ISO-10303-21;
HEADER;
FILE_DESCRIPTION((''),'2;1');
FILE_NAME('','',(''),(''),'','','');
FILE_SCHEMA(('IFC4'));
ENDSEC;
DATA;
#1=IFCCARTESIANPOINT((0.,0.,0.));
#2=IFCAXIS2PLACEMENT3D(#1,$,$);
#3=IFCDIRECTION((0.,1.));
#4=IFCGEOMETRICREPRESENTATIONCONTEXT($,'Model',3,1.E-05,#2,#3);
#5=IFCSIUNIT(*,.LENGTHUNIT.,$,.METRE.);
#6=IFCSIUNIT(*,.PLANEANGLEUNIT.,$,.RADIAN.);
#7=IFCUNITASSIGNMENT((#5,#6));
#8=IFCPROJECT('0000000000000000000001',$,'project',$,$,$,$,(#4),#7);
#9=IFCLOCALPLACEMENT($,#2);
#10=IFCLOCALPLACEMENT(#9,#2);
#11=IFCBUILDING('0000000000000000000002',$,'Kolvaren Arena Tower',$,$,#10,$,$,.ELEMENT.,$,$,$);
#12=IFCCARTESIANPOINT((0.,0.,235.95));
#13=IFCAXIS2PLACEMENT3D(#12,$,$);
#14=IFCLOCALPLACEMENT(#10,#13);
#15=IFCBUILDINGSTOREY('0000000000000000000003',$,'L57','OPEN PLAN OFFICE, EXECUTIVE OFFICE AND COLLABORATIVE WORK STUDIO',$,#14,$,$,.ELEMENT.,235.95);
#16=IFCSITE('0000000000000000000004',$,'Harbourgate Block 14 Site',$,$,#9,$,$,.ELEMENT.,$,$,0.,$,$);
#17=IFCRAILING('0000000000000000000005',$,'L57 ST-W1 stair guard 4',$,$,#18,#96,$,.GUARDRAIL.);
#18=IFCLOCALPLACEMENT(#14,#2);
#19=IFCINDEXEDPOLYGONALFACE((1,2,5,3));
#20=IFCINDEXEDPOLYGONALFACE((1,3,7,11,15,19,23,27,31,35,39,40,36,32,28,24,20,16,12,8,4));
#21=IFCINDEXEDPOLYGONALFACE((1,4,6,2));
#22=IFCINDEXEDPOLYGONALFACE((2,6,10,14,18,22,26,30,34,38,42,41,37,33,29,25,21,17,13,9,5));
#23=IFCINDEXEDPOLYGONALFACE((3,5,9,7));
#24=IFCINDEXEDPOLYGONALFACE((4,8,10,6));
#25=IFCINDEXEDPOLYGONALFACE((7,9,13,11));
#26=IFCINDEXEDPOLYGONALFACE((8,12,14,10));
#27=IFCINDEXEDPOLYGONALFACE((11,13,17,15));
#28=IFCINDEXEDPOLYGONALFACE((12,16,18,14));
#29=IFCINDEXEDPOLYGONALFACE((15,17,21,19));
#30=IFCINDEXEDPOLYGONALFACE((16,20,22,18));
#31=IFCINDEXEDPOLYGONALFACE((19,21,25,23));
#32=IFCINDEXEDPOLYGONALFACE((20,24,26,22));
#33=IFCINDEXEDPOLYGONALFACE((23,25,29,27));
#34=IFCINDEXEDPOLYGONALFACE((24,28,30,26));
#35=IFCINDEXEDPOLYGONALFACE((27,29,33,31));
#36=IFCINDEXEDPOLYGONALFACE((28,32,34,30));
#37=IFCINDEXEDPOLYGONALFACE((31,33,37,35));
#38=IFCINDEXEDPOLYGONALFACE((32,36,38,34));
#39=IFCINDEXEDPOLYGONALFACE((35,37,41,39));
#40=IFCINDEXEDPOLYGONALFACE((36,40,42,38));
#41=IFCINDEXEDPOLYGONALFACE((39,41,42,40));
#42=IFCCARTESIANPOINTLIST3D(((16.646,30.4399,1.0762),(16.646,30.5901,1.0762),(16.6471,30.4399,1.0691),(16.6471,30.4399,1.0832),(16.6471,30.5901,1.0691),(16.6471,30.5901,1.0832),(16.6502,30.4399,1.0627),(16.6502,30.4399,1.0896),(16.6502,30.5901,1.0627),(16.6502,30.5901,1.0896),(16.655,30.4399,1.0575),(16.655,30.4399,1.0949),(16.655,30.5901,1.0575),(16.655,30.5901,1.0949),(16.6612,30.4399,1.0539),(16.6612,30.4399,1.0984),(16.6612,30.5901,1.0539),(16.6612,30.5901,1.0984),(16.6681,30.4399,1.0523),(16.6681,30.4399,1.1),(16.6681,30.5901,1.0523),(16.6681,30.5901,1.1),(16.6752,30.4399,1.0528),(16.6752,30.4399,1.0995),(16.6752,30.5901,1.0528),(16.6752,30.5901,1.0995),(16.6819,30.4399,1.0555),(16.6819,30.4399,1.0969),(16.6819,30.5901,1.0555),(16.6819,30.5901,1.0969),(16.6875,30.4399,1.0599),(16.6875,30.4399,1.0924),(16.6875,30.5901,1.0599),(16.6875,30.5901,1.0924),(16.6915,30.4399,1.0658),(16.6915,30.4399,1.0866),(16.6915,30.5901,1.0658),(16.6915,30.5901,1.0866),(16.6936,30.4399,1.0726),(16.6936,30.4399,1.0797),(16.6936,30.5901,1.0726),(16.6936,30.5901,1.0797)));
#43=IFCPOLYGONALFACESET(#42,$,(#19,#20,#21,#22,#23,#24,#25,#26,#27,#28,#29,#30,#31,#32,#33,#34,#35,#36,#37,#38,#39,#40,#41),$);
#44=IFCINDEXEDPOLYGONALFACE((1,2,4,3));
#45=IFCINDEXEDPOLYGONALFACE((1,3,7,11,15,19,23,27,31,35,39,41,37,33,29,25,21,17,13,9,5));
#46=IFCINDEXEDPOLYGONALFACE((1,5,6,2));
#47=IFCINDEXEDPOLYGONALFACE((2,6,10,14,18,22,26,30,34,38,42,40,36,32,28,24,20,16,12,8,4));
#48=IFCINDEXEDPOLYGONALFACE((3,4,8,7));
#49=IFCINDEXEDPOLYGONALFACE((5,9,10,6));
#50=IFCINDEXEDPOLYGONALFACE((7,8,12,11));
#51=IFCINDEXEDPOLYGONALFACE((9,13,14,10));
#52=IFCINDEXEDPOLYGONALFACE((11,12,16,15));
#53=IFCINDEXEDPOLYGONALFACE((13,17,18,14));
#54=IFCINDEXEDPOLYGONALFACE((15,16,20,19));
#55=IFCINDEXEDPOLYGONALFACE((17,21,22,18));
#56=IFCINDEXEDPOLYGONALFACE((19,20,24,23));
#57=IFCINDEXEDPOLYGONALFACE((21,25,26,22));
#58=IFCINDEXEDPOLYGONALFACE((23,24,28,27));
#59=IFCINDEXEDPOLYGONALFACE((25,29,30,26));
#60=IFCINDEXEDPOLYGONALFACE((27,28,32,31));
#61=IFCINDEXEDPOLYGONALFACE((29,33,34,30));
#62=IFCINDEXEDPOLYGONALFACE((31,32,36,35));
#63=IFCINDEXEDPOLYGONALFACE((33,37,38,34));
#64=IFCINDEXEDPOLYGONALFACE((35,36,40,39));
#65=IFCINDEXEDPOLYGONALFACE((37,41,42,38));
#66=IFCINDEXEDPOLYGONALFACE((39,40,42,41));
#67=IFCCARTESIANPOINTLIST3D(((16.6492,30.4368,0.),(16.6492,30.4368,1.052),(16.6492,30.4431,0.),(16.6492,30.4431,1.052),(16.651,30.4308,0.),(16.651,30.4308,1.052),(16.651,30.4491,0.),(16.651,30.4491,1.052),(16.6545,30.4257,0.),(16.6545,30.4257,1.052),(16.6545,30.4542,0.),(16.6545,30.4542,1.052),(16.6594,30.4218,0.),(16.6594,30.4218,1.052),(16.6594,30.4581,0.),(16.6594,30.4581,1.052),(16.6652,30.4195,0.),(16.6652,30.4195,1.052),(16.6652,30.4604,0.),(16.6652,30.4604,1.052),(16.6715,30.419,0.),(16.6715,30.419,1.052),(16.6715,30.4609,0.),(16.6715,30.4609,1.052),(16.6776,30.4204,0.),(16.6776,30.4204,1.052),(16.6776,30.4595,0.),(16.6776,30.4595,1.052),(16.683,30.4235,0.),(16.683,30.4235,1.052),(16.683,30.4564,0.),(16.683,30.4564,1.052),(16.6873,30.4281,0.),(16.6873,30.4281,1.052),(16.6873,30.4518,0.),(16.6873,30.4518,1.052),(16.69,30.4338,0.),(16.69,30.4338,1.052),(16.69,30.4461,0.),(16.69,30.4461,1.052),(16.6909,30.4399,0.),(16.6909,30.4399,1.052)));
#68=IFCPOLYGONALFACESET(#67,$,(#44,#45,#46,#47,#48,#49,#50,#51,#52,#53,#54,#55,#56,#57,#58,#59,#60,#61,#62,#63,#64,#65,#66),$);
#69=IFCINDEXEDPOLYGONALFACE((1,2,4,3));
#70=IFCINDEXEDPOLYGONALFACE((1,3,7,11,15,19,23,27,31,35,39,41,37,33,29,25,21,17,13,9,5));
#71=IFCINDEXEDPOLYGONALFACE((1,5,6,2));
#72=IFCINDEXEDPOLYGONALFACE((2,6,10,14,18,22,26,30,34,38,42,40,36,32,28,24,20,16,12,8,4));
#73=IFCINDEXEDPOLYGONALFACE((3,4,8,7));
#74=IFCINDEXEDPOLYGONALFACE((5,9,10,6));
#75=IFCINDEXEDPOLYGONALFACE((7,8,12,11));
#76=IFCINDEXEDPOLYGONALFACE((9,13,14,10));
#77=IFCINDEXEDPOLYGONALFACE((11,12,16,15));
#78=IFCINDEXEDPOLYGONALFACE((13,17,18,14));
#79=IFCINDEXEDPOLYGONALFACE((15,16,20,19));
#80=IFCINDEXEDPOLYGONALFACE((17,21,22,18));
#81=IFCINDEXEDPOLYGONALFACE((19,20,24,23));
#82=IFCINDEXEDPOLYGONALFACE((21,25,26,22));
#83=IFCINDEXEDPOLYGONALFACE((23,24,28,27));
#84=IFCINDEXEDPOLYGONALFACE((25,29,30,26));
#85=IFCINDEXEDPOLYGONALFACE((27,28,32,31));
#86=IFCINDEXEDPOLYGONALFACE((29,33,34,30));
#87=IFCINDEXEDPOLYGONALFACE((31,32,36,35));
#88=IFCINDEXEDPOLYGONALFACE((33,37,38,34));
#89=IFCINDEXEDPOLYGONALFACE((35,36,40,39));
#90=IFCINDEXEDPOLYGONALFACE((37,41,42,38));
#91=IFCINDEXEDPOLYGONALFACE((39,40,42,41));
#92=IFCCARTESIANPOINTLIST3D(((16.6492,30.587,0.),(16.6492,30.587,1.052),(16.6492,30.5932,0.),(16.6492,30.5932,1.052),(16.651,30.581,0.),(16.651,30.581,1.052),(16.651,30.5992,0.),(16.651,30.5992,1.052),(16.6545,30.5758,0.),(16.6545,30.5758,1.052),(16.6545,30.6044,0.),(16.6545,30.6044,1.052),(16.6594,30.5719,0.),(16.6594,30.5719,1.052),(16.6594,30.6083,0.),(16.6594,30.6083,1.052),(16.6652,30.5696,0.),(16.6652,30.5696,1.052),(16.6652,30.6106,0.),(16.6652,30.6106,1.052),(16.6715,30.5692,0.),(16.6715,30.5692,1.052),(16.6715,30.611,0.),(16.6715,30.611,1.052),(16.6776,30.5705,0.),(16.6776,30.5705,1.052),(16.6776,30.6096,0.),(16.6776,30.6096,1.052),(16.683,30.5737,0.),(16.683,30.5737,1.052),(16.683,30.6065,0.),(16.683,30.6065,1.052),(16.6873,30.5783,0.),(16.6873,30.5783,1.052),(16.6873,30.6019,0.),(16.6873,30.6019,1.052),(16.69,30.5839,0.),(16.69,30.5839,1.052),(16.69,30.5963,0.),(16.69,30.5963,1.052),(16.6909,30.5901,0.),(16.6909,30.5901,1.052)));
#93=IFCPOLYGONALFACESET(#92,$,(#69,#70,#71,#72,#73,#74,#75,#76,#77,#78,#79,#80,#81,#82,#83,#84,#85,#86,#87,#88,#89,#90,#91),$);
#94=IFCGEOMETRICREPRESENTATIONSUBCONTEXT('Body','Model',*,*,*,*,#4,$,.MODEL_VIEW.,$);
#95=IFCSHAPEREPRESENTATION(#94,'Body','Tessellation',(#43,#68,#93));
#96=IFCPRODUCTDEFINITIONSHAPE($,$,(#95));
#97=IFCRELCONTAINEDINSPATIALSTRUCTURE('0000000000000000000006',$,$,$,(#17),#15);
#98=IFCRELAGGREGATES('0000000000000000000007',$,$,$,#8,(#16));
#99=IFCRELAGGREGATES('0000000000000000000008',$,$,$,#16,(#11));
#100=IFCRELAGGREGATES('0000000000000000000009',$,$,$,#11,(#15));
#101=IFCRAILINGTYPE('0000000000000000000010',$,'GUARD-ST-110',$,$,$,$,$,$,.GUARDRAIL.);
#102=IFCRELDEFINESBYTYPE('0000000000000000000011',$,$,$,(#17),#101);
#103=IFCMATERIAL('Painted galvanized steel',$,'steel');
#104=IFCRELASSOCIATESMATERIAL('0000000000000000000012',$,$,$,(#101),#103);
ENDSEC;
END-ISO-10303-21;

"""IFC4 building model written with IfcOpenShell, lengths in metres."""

from ifc_helpers import new_model, si_unit, direction, frame, origin, origin_2d, place, context, subcontext, project, spatial, circle, extrude, material, type_object, element, save


model = new_model("IFC4")

# Units and contexts
model_context = context("Model", 3, precision=1e-05, world=origin(), true_north=direction((0.0, 1.0)))
body_context = subcontext(model_context, "Body", "Model", "MODEL_VIEW")
ifc_project = project(units=[si_unit("LENGTHUNIT", "METRE"), si_unit("PLANEANGLEUNIT", "RADIAN")], contexts=[model_context])

# Site, building, storey
site_placement = place(None, origin())
site = spatial("IfcSite", under=ifc_project, at=site_placement, Name="Harbourgate Block 14 Site", CompositionType="ELEMENT", RefElevation=0.0)
building_placement = place(site_placement, origin())
building = spatial("IfcBuilding", under=site, at=building_placement, Name="Kolvaren Arena Tower", CompositionType="ELEMENT")
storey_placement = place(building_placement, frame((0.0, 0.0, 235.95)))
storey = spatial("IfcBuildingStorey", under=building, at=storey_placement, Name="L57", Description="OPEN PLAN OFFICE, EXECUTIVE OFFICE AND COLLABORATIVE WORK STUDIO", CompositionType="ELEMENT", Elevation=235.95)

# Railing
ifc_material_1 = material(Name="Painted galvanized steel", Category="steel")
railing_type_1 = type_object("IfcRailingType", Name="GUARD-ST-110", PredefinedType="GUARDRAIL", material=ifc_material_1)
railing_1_placement = place(storey_placement, frame((16.6699, 30.4399, 0.0)))
element("IfcRailing", 1, at=railing_1_placement, inside=storey, type_object=railing_type_1, Name="L57 ST-W1 stair guard 4", PredefinedType="GUARDRAIL", context=body_context, shape_type="SweptSolid", body=[
    extrude(circle(Radius=0.0239, at=origin_2d()), frame((0.0, 0.0, 1.0762), z_axis=(0.0, 1.0, 0.0), x_axis=(-1.0, 0.0, 0.0)), (0.0, 0.0, 1.0), 0.1501),
    extrude(circle(Radius=0.021, at=origin_2d()), origin(), (0.0, 0.0, 1.0), 1.052),
    extrude(circle(Radius=0.021, at=origin_2d()), frame((0.0, 0.1501, 0.0)), (0.0, 0.0, 1.0), 1.052),
])

save(model, "model.ifc")
